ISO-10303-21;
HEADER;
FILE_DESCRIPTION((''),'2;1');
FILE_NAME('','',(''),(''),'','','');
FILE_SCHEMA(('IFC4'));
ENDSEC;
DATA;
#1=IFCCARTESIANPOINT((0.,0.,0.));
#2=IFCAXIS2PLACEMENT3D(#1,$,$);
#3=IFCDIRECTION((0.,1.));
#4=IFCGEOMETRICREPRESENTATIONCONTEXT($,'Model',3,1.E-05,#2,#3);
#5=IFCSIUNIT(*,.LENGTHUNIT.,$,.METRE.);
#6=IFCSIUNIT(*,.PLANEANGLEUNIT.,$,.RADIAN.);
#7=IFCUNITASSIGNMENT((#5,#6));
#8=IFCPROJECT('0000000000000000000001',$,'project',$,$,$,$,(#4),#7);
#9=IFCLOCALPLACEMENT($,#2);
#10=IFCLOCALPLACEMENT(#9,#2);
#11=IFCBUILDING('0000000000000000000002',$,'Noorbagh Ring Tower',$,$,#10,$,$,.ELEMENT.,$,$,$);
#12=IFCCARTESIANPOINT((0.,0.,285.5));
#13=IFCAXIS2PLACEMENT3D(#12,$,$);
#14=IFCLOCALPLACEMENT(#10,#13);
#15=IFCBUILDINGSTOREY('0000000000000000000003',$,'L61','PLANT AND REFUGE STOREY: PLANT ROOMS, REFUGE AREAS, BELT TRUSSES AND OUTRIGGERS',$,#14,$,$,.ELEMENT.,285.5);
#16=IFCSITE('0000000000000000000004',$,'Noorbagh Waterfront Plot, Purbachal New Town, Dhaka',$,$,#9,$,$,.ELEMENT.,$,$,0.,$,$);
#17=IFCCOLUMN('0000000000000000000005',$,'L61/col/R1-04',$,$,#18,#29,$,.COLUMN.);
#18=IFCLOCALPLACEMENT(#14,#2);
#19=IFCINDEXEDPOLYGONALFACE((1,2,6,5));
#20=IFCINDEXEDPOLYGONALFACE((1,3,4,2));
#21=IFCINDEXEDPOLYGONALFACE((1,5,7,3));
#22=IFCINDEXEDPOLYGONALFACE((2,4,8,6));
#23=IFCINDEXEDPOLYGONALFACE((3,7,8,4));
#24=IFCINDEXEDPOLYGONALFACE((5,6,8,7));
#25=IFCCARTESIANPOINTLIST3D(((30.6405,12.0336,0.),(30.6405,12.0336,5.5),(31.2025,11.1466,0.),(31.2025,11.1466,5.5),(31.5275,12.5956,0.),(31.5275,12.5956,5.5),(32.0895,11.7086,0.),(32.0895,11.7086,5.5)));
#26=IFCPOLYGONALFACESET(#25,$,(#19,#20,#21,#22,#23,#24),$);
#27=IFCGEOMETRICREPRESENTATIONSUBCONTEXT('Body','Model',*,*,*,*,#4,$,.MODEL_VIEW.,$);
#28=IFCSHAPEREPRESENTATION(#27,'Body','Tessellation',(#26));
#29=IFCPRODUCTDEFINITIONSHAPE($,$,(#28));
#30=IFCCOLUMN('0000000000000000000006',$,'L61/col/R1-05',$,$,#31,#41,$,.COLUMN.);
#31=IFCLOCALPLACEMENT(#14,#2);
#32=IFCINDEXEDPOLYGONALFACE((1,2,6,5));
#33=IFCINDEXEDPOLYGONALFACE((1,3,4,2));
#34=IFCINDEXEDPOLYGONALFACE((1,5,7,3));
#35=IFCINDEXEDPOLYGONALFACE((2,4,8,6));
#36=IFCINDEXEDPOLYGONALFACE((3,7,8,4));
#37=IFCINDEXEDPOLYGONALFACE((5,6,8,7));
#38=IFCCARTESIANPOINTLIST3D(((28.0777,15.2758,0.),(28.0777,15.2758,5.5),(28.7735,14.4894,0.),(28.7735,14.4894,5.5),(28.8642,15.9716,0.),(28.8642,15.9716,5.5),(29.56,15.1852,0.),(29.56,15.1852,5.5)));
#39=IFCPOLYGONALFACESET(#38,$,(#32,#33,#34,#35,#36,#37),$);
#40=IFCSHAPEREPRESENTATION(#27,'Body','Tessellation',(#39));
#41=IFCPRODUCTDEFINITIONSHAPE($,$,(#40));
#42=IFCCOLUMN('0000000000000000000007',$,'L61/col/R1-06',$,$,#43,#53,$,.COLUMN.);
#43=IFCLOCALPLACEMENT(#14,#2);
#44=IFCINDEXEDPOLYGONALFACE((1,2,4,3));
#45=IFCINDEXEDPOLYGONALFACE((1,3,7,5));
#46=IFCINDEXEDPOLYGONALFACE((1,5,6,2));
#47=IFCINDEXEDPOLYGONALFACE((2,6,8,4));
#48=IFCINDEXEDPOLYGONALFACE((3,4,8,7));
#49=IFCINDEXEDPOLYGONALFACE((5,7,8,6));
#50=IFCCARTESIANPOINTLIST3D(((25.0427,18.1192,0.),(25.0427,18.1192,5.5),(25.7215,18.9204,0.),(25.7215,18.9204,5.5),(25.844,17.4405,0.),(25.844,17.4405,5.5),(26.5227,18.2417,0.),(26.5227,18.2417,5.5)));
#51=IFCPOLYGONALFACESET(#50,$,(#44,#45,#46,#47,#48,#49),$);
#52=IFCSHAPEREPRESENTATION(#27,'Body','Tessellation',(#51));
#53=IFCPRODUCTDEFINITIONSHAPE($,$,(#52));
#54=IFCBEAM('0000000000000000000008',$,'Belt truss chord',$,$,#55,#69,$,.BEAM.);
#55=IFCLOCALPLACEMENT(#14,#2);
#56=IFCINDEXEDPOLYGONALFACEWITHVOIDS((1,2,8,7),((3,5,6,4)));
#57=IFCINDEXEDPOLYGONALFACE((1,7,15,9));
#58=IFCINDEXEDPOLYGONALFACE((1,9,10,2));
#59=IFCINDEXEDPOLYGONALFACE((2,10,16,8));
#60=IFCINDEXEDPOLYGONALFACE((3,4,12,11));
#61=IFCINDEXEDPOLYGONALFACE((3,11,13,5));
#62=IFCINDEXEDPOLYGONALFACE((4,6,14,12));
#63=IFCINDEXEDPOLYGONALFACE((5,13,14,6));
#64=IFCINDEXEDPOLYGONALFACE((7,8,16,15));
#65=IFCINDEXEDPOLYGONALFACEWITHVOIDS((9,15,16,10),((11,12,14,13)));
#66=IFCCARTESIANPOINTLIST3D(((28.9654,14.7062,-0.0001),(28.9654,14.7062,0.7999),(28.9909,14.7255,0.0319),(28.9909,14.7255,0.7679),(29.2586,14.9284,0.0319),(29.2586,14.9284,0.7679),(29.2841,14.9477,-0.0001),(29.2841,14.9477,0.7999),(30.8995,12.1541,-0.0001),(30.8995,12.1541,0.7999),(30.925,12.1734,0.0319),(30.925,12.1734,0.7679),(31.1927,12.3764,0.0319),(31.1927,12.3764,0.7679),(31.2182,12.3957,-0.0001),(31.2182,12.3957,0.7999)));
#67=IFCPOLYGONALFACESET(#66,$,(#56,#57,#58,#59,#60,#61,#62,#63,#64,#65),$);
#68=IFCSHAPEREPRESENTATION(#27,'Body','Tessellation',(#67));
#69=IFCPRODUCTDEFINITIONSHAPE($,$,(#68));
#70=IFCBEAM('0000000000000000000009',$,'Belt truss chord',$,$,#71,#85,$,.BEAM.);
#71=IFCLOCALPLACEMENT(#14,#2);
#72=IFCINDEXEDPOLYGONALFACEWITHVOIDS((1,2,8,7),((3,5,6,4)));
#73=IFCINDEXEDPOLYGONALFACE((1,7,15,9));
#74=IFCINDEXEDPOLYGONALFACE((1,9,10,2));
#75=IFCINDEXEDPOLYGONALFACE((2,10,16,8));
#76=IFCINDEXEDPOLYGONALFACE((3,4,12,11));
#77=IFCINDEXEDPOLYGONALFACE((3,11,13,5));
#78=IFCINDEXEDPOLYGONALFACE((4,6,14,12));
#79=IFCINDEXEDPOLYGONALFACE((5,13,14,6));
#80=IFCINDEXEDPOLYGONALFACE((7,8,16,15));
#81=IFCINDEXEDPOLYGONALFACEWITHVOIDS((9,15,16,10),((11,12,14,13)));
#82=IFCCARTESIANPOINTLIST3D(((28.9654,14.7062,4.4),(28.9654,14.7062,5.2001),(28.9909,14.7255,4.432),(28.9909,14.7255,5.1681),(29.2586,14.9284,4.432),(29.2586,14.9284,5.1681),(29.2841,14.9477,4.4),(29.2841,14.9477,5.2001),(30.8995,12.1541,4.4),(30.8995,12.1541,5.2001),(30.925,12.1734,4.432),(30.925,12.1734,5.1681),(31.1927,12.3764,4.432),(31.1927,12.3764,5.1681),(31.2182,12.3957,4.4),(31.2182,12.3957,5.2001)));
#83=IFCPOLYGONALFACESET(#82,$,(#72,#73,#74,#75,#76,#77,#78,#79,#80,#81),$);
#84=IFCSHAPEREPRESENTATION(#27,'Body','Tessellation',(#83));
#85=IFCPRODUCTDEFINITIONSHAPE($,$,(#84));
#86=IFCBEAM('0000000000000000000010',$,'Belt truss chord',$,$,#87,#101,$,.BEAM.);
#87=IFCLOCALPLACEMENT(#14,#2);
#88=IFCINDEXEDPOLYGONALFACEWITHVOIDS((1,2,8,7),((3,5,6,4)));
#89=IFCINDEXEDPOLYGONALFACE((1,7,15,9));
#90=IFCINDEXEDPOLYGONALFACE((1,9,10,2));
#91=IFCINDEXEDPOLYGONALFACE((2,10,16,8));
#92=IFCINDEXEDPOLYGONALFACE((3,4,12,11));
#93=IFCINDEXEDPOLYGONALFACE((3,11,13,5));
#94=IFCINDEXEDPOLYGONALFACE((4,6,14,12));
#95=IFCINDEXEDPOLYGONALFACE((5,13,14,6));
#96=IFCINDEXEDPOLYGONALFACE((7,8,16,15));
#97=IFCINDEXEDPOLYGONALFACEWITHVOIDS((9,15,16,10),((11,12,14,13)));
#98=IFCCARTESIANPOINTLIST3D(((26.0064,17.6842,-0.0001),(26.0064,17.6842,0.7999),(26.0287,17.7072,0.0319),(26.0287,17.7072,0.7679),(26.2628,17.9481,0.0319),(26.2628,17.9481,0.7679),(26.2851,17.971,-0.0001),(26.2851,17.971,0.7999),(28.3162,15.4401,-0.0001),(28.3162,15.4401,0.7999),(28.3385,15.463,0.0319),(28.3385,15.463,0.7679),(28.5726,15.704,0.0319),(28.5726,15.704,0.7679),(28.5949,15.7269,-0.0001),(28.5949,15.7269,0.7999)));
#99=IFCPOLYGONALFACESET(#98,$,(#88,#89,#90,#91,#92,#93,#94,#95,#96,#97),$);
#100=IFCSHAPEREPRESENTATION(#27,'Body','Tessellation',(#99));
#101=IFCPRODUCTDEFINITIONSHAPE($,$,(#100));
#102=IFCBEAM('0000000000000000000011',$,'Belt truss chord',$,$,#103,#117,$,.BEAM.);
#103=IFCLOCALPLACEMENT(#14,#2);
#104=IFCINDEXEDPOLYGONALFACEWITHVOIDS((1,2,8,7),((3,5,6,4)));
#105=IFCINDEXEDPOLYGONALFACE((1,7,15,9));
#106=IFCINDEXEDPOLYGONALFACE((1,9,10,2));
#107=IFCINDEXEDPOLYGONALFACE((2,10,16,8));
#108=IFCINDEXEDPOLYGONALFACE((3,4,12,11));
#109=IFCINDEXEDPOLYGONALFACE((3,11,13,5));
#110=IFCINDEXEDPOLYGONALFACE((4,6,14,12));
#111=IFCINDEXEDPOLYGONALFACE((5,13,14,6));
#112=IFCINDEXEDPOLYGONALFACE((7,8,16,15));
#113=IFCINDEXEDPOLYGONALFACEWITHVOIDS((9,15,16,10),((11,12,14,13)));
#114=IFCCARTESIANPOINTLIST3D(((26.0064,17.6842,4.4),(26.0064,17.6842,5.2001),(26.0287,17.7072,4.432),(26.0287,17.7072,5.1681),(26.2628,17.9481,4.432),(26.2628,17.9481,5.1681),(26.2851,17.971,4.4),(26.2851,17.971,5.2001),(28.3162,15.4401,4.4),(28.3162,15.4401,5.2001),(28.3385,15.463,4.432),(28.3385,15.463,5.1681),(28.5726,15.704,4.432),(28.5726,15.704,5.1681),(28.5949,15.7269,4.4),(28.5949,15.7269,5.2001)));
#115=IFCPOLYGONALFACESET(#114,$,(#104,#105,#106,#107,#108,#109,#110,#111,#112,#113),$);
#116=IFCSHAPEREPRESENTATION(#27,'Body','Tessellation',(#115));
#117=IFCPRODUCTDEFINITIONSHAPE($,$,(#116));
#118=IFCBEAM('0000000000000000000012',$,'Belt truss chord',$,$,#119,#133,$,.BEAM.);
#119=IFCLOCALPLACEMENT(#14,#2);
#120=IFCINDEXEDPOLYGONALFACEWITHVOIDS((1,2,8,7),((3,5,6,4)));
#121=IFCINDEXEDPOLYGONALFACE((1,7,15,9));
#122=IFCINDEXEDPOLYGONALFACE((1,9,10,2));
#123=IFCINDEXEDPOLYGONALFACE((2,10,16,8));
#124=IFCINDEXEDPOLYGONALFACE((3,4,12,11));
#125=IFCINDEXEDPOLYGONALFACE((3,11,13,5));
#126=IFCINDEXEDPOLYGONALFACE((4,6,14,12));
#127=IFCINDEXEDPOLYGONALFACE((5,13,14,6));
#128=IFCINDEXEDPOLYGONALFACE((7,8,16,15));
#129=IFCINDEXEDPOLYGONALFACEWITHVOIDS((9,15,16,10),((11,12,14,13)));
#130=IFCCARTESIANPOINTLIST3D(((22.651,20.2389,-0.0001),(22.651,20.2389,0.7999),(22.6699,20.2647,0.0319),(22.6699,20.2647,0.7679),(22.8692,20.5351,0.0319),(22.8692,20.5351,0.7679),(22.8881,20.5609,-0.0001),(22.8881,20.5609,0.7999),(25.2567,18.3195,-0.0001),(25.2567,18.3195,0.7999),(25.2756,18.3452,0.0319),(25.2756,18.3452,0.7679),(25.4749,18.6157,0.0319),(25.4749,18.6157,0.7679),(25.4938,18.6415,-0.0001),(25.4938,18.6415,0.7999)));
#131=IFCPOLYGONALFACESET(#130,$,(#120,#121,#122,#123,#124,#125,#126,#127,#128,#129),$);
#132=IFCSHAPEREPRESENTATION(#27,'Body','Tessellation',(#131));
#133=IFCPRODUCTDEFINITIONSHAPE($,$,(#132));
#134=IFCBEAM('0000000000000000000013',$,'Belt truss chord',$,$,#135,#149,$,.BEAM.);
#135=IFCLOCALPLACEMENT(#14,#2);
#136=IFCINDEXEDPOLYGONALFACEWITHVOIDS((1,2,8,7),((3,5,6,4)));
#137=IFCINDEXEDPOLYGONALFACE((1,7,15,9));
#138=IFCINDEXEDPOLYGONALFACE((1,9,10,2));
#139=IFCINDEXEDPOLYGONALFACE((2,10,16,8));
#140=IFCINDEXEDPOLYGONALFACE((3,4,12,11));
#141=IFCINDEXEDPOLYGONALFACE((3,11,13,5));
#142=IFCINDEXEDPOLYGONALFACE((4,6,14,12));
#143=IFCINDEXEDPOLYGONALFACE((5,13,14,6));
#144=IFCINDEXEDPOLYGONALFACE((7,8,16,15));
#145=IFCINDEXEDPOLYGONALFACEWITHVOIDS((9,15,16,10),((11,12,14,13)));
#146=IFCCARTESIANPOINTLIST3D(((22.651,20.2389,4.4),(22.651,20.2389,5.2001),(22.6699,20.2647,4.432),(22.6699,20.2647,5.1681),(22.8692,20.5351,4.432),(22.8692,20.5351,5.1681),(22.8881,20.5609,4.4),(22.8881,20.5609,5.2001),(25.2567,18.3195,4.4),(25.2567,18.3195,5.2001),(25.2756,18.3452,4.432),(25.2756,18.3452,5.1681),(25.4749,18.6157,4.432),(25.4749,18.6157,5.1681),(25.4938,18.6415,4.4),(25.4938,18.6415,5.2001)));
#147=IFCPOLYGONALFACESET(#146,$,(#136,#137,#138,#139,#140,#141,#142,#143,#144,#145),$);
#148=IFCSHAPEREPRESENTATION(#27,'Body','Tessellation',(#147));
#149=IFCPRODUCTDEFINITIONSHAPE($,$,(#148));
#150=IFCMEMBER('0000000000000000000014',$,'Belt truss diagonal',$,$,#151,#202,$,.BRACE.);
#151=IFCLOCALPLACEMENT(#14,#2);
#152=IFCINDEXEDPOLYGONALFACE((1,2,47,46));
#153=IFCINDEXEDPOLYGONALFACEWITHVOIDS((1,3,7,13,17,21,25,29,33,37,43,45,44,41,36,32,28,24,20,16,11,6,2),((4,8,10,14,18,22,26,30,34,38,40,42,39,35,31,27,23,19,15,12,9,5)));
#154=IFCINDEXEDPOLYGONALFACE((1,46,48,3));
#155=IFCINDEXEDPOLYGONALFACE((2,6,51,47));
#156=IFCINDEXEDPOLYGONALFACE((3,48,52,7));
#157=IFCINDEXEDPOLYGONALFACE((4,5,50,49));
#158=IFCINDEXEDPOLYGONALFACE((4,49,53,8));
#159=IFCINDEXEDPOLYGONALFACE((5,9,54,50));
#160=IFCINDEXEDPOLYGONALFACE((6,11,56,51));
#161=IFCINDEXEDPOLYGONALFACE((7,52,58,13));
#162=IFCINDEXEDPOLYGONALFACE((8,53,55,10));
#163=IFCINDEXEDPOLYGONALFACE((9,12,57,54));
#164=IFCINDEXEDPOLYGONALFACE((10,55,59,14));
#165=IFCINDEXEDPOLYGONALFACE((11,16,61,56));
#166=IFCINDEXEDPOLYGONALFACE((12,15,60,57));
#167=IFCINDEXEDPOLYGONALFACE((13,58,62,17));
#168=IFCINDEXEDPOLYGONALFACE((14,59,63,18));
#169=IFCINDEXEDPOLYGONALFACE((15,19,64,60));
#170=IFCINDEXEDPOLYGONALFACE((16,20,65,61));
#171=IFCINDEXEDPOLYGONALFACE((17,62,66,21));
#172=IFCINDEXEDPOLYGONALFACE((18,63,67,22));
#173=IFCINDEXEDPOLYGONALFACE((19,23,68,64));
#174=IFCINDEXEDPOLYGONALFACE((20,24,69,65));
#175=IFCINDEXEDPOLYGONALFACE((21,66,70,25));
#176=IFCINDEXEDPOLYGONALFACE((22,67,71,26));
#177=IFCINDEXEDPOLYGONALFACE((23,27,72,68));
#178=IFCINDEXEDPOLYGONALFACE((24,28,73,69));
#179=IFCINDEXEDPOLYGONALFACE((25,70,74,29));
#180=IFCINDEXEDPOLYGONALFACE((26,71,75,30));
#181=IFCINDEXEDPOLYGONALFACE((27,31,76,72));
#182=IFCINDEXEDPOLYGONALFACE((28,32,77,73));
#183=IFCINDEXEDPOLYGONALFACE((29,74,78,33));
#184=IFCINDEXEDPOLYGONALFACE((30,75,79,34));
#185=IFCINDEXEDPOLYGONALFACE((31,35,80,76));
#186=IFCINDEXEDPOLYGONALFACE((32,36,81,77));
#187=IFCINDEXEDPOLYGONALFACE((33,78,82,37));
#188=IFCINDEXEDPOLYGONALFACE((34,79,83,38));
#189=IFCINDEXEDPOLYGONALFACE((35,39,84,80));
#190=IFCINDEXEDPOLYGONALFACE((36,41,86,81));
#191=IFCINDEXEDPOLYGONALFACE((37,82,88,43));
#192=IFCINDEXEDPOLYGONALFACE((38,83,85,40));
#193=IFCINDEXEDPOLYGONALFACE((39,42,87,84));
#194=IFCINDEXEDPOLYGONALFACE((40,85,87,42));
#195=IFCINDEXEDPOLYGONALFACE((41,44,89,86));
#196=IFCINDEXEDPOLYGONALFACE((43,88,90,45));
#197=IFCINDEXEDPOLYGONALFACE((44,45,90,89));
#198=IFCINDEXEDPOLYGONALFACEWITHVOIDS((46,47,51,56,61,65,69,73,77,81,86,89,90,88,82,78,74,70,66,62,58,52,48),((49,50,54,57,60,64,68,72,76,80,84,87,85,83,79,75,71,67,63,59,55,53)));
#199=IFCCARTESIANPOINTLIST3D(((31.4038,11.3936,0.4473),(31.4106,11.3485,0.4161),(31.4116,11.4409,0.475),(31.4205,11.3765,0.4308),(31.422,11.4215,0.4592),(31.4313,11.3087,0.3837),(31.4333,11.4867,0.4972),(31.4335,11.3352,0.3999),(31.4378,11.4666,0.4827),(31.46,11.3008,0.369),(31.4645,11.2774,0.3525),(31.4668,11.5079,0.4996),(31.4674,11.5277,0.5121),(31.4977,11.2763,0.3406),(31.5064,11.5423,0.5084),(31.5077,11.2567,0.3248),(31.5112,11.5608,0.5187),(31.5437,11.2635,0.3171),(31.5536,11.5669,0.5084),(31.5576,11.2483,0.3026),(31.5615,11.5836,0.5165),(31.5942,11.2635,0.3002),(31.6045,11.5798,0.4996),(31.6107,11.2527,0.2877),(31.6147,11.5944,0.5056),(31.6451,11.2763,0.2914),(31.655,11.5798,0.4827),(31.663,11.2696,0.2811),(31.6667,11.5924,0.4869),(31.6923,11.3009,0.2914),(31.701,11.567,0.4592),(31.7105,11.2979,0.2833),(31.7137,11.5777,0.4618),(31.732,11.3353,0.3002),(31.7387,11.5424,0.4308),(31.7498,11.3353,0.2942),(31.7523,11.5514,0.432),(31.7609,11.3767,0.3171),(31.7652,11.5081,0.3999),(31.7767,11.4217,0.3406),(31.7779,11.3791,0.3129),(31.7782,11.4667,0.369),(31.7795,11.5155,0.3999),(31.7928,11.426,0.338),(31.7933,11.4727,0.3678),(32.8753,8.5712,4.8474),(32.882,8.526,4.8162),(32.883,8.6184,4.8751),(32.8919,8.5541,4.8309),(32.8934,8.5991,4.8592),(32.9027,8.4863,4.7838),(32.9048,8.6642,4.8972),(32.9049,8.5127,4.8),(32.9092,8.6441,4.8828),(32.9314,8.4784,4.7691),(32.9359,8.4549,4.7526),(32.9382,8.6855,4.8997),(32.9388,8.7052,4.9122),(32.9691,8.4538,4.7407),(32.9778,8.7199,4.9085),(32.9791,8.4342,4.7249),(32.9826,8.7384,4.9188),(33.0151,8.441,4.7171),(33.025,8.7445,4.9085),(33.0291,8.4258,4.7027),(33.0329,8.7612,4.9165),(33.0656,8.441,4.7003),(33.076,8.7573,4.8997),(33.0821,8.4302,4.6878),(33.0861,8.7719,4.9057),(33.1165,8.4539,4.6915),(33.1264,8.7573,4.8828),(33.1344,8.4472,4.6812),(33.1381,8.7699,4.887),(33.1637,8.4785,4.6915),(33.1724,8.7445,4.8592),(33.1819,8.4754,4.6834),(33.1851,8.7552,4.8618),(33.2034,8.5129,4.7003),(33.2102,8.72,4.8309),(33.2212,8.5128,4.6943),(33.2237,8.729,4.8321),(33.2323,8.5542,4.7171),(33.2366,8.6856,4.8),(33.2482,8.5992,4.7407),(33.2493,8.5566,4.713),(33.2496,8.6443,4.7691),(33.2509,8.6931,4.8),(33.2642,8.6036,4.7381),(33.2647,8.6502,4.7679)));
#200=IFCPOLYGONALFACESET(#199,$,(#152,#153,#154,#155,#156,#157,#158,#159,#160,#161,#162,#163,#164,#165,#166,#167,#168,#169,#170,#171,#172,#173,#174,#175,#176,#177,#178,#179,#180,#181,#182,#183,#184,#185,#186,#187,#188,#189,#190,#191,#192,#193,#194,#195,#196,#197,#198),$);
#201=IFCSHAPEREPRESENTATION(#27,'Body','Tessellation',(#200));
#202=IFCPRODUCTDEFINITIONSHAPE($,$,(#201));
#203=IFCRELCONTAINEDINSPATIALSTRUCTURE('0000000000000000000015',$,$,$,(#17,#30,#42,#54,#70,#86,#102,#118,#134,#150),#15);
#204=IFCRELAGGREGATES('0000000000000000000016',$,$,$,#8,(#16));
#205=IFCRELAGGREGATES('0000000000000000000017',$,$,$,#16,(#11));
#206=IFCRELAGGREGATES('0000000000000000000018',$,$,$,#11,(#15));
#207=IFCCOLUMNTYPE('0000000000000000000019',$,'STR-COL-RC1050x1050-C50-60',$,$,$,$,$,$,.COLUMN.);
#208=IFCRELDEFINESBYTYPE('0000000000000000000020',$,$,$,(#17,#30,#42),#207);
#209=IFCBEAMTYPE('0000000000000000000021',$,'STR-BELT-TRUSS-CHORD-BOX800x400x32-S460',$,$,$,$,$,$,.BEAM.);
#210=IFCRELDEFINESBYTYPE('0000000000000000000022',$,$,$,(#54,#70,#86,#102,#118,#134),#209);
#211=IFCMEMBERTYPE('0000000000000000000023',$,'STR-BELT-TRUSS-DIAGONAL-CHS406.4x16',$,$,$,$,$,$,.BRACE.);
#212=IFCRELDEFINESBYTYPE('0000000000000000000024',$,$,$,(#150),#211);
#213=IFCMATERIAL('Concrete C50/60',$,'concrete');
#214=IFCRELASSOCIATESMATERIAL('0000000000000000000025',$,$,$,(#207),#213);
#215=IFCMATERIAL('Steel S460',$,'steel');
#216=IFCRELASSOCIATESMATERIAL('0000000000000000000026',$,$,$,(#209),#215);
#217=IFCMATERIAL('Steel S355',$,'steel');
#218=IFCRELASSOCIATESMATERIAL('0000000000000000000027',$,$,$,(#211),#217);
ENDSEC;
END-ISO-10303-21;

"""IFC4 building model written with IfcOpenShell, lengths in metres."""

from ifc_helpers import new_model, si_unit, direction, frame, origin, origin_2d, place, context, subcontext, project, spatial, rectangle, hollow_rectangle, hollow_circle, extrude, material, material_profile, profile_set, type_object, element, save


model = new_model("IFC4")

# Units and contexts
model_context = context("Model", 3, precision=1e-05, world=origin(), true_north=direction((0.0, 1.0)))
body_context = subcontext(model_context, "Body", "Model", "MODEL_VIEW")
ifc_project = project(units=[si_unit("LENGTHUNIT", "METRE"), si_unit("PLANEANGLEUNIT", "RADIAN")], contexts=[model_context])

# Site, building, storey
site_placement = place(None, origin())
site = spatial("IfcSite", under=ifc_project, at=site_placement, Name="Noorbagh Waterfront Plot, Purbachal New Town, Dhaka", CompositionType="ELEMENT", RefElevation=0.0)
building_placement = place(site_placement, origin())
building = spatial("IfcBuilding", under=site, at=building_placement, Name="Noorbagh Ring Tower", CompositionType="ELEMENT")
storey_placement = place(building_placement, frame((0.0, 0.0, 285.5)))
storey = spatial("IfcBuildingStorey", under=building, at=storey_placement, Name="L61", Description="PLANT AND REFUGE STOREY: PLANT ROOMS, REFUGE AREAS, BELT TRUSSES AND OUTRIGGERS", CompositionType="ELEMENT", Elevation=285.5)

# Columns
ifc_material_1 = material(Name="Concrete C50/60", Category="concrete")
ifc_material_profile_1 = material_profile(ifc_material_1, rectangle(XDim=1.05, YDim=1.05, at=origin_2d()), Name="RC1050x1050")
ifc_profile_set_1 = profile_set([ifc_material_profile_1], Name="Concrete C50/60")
column_type = type_object("IfcColumnType", Name="STR-COL-RC1050x1050-C50-60", PredefinedType="COLUMN", material=ifc_profile_set_1)
for number, where, z_axis, x_axis, name in (
    (1, (31.365, 11.8711, 0.0), (0.0, 0.0, 1.0), (-0.53519, 0.844731, 0.0), "L61/col/R1-04"),
    (2, (28.8188, 15.2305, 0.0), (0.0, 0.0, 1.0), (-0.662636, 0.748942, 0.0), "L61/col/R1-05"),
    (3, (25.7827, 18.1804, 0.0), (0.0, 0.0, 1.0), (-0.763035, 0.646357, 0.0), "L61/col/R1-06"),
):
    element("IfcColumn", number, at=place(storey_placement, frame(where, z_axis=z_axis, x_axis=x_axis)), inside=storey, type_object=column_type, Name=name, PredefinedType="COLUMN", context=body_context, shape_type="SweptSolid", body=[
        extrude(rectangle(XDim=1.05, YDim=1.05, at=origin_2d()), origin(), (0.0, 0.0, 1.0), 5.5),
    ])

# Beams
ifc_material_2 = material(Name="Steel S460", Category="steel")
ifc_material_profile_2 = material_profile(ifc_material_2, hollow_rectangle(XDim=0.3999, YDim=0.8, WallThickness=0.032, at=origin_2d()), Name="BOX800x400x32")
ifc_profile_set_2 = profile_set([ifc_material_profile_2], Name="Steel S460")
beam_type_1 = type_object("IfcBeamType", Name="STR-BELT-TRUSS-CHORD-BOX800x400x32-S460", PredefinedType="BEAM", material=ifc_profile_set_2)
for number, where, z_axis, x_axis, name in (
    (4, (31.0588, 12.2749, 0.3999), (-0.604006, 0.79698, 0.0), (-0.79698, -0.604006, 0.0), "Belt truss chord"),
    (5, (31.0588, 12.2749, 4.8), (-0.604006, 0.79698, 0.0), (-0.79698, -0.604006, 0.0), "Belt truss chord"),
):
    element("IfcBeam", number, at=place(storey_placement, frame(where, z_axis=z_axis, x_axis=x_axis)), inside=storey, type_object=beam_type_1, Name=name, PredefinedType="BEAM", context=body_context, shape_type="SweptSolid", body=[
        extrude(hollow_rectangle(XDim=0.3999, YDim=0.8, WallThickness=0.032, at=origin_2d()), origin(), (0.0, 0.0, 1.0), 3.2021),
    ])
for number, where, z_axis, x_axis, name in (
    (6, (28.4556, 15.5835, 0.3999), (-0.71723, 0.696837, 0.0), (-0.696837, -0.71723, 0.0), "Belt truss chord"),
    (7, (28.4556, 15.5835, 4.8), (-0.71723, 0.696837, 0.0), (-0.696837, -0.71723, 0.0), "Belt truss chord"),
):
    element("IfcBeam", number, at=place(storey_placement, frame(where, z_axis=z_axis, x_axis=x_axis)), inside=storey, type_object=beam_type_1, Name=name, PredefinedType="BEAM", context=body_context, shape_type="SweptSolid", body=[
        extrude(hollow_rectangle(XDim=0.3999, YDim=0.8, WallThickness=0.032, at=origin_2d()), origin(), (0.0, 0.0, 1.0), 3.2205),
    ])
for number, where, z_axis, x_axis, name in (
    (8, (25.3752, 18.4805, 0.3999), (-0.805139, 0.593086, 0.0), (-0.593086, -0.805139, 0.0), "Belt truss chord"),
    (9, (25.3752, 18.4805, 4.8), (-0.805139, 0.593086, 0.0), (-0.593086, -0.805139, 0.0), "Belt truss chord"),
):
    element("IfcBeam", number, at=place(storey_placement, frame(where, z_axis=z_axis, x_axis=x_axis)), inside=storey, type_object=beam_type_1, Name=name, PredefinedType="BEAM", context=body_context, shape_type="SweptSolid", body=[
        extrude(hollow_rectangle(XDim=0.3999, YDim=0.8, WallThickness=0.032, at=origin_2d()), origin(), (0.0, 0.0, 1.0), 3.2363),
    ])

# Member
ifc_material_3 = material(Name="Steel S355", Category="steel")
ifc_material_profile_3 = material_profile(ifc_material_3, hollow_circle(Radius=0.2031, WallThickness=0.0161, at=origin_2d()), Name="CHS406.4x16")
ifc_profile_set_3 = profile_set([ifc_material_profile_3], Name="Steel S355")
member_type = type_object("IfcMemberType", Name="STR-BELT-TRUSS-DIAGONAL-CHS406.4x16", PredefinedType="BRACE", material=ifc_profile_set_3)
member_1_placement = place(storey_placement, frame((31.5994, 11.4216, 0.3999), z_axis=(0.270946, -0.519728, 0.810229), x_axis=(0.886737, 0.462275, 0.0)))
element("IfcMember", 10, at=member_1_placement, inside=storey, type_object=member_type, Name="Belt truss diagonal", PredefinedType="BRACE", context=body_context, shape_type="SweptSolid", body=[
    extrude(hollow_circle(Radius=0.2031, WallThickness=0.0161, at=origin_2d()), origin(), (0.0, 0.0, 1.0), 5.4307),
])

save(model, "model.ifc")
